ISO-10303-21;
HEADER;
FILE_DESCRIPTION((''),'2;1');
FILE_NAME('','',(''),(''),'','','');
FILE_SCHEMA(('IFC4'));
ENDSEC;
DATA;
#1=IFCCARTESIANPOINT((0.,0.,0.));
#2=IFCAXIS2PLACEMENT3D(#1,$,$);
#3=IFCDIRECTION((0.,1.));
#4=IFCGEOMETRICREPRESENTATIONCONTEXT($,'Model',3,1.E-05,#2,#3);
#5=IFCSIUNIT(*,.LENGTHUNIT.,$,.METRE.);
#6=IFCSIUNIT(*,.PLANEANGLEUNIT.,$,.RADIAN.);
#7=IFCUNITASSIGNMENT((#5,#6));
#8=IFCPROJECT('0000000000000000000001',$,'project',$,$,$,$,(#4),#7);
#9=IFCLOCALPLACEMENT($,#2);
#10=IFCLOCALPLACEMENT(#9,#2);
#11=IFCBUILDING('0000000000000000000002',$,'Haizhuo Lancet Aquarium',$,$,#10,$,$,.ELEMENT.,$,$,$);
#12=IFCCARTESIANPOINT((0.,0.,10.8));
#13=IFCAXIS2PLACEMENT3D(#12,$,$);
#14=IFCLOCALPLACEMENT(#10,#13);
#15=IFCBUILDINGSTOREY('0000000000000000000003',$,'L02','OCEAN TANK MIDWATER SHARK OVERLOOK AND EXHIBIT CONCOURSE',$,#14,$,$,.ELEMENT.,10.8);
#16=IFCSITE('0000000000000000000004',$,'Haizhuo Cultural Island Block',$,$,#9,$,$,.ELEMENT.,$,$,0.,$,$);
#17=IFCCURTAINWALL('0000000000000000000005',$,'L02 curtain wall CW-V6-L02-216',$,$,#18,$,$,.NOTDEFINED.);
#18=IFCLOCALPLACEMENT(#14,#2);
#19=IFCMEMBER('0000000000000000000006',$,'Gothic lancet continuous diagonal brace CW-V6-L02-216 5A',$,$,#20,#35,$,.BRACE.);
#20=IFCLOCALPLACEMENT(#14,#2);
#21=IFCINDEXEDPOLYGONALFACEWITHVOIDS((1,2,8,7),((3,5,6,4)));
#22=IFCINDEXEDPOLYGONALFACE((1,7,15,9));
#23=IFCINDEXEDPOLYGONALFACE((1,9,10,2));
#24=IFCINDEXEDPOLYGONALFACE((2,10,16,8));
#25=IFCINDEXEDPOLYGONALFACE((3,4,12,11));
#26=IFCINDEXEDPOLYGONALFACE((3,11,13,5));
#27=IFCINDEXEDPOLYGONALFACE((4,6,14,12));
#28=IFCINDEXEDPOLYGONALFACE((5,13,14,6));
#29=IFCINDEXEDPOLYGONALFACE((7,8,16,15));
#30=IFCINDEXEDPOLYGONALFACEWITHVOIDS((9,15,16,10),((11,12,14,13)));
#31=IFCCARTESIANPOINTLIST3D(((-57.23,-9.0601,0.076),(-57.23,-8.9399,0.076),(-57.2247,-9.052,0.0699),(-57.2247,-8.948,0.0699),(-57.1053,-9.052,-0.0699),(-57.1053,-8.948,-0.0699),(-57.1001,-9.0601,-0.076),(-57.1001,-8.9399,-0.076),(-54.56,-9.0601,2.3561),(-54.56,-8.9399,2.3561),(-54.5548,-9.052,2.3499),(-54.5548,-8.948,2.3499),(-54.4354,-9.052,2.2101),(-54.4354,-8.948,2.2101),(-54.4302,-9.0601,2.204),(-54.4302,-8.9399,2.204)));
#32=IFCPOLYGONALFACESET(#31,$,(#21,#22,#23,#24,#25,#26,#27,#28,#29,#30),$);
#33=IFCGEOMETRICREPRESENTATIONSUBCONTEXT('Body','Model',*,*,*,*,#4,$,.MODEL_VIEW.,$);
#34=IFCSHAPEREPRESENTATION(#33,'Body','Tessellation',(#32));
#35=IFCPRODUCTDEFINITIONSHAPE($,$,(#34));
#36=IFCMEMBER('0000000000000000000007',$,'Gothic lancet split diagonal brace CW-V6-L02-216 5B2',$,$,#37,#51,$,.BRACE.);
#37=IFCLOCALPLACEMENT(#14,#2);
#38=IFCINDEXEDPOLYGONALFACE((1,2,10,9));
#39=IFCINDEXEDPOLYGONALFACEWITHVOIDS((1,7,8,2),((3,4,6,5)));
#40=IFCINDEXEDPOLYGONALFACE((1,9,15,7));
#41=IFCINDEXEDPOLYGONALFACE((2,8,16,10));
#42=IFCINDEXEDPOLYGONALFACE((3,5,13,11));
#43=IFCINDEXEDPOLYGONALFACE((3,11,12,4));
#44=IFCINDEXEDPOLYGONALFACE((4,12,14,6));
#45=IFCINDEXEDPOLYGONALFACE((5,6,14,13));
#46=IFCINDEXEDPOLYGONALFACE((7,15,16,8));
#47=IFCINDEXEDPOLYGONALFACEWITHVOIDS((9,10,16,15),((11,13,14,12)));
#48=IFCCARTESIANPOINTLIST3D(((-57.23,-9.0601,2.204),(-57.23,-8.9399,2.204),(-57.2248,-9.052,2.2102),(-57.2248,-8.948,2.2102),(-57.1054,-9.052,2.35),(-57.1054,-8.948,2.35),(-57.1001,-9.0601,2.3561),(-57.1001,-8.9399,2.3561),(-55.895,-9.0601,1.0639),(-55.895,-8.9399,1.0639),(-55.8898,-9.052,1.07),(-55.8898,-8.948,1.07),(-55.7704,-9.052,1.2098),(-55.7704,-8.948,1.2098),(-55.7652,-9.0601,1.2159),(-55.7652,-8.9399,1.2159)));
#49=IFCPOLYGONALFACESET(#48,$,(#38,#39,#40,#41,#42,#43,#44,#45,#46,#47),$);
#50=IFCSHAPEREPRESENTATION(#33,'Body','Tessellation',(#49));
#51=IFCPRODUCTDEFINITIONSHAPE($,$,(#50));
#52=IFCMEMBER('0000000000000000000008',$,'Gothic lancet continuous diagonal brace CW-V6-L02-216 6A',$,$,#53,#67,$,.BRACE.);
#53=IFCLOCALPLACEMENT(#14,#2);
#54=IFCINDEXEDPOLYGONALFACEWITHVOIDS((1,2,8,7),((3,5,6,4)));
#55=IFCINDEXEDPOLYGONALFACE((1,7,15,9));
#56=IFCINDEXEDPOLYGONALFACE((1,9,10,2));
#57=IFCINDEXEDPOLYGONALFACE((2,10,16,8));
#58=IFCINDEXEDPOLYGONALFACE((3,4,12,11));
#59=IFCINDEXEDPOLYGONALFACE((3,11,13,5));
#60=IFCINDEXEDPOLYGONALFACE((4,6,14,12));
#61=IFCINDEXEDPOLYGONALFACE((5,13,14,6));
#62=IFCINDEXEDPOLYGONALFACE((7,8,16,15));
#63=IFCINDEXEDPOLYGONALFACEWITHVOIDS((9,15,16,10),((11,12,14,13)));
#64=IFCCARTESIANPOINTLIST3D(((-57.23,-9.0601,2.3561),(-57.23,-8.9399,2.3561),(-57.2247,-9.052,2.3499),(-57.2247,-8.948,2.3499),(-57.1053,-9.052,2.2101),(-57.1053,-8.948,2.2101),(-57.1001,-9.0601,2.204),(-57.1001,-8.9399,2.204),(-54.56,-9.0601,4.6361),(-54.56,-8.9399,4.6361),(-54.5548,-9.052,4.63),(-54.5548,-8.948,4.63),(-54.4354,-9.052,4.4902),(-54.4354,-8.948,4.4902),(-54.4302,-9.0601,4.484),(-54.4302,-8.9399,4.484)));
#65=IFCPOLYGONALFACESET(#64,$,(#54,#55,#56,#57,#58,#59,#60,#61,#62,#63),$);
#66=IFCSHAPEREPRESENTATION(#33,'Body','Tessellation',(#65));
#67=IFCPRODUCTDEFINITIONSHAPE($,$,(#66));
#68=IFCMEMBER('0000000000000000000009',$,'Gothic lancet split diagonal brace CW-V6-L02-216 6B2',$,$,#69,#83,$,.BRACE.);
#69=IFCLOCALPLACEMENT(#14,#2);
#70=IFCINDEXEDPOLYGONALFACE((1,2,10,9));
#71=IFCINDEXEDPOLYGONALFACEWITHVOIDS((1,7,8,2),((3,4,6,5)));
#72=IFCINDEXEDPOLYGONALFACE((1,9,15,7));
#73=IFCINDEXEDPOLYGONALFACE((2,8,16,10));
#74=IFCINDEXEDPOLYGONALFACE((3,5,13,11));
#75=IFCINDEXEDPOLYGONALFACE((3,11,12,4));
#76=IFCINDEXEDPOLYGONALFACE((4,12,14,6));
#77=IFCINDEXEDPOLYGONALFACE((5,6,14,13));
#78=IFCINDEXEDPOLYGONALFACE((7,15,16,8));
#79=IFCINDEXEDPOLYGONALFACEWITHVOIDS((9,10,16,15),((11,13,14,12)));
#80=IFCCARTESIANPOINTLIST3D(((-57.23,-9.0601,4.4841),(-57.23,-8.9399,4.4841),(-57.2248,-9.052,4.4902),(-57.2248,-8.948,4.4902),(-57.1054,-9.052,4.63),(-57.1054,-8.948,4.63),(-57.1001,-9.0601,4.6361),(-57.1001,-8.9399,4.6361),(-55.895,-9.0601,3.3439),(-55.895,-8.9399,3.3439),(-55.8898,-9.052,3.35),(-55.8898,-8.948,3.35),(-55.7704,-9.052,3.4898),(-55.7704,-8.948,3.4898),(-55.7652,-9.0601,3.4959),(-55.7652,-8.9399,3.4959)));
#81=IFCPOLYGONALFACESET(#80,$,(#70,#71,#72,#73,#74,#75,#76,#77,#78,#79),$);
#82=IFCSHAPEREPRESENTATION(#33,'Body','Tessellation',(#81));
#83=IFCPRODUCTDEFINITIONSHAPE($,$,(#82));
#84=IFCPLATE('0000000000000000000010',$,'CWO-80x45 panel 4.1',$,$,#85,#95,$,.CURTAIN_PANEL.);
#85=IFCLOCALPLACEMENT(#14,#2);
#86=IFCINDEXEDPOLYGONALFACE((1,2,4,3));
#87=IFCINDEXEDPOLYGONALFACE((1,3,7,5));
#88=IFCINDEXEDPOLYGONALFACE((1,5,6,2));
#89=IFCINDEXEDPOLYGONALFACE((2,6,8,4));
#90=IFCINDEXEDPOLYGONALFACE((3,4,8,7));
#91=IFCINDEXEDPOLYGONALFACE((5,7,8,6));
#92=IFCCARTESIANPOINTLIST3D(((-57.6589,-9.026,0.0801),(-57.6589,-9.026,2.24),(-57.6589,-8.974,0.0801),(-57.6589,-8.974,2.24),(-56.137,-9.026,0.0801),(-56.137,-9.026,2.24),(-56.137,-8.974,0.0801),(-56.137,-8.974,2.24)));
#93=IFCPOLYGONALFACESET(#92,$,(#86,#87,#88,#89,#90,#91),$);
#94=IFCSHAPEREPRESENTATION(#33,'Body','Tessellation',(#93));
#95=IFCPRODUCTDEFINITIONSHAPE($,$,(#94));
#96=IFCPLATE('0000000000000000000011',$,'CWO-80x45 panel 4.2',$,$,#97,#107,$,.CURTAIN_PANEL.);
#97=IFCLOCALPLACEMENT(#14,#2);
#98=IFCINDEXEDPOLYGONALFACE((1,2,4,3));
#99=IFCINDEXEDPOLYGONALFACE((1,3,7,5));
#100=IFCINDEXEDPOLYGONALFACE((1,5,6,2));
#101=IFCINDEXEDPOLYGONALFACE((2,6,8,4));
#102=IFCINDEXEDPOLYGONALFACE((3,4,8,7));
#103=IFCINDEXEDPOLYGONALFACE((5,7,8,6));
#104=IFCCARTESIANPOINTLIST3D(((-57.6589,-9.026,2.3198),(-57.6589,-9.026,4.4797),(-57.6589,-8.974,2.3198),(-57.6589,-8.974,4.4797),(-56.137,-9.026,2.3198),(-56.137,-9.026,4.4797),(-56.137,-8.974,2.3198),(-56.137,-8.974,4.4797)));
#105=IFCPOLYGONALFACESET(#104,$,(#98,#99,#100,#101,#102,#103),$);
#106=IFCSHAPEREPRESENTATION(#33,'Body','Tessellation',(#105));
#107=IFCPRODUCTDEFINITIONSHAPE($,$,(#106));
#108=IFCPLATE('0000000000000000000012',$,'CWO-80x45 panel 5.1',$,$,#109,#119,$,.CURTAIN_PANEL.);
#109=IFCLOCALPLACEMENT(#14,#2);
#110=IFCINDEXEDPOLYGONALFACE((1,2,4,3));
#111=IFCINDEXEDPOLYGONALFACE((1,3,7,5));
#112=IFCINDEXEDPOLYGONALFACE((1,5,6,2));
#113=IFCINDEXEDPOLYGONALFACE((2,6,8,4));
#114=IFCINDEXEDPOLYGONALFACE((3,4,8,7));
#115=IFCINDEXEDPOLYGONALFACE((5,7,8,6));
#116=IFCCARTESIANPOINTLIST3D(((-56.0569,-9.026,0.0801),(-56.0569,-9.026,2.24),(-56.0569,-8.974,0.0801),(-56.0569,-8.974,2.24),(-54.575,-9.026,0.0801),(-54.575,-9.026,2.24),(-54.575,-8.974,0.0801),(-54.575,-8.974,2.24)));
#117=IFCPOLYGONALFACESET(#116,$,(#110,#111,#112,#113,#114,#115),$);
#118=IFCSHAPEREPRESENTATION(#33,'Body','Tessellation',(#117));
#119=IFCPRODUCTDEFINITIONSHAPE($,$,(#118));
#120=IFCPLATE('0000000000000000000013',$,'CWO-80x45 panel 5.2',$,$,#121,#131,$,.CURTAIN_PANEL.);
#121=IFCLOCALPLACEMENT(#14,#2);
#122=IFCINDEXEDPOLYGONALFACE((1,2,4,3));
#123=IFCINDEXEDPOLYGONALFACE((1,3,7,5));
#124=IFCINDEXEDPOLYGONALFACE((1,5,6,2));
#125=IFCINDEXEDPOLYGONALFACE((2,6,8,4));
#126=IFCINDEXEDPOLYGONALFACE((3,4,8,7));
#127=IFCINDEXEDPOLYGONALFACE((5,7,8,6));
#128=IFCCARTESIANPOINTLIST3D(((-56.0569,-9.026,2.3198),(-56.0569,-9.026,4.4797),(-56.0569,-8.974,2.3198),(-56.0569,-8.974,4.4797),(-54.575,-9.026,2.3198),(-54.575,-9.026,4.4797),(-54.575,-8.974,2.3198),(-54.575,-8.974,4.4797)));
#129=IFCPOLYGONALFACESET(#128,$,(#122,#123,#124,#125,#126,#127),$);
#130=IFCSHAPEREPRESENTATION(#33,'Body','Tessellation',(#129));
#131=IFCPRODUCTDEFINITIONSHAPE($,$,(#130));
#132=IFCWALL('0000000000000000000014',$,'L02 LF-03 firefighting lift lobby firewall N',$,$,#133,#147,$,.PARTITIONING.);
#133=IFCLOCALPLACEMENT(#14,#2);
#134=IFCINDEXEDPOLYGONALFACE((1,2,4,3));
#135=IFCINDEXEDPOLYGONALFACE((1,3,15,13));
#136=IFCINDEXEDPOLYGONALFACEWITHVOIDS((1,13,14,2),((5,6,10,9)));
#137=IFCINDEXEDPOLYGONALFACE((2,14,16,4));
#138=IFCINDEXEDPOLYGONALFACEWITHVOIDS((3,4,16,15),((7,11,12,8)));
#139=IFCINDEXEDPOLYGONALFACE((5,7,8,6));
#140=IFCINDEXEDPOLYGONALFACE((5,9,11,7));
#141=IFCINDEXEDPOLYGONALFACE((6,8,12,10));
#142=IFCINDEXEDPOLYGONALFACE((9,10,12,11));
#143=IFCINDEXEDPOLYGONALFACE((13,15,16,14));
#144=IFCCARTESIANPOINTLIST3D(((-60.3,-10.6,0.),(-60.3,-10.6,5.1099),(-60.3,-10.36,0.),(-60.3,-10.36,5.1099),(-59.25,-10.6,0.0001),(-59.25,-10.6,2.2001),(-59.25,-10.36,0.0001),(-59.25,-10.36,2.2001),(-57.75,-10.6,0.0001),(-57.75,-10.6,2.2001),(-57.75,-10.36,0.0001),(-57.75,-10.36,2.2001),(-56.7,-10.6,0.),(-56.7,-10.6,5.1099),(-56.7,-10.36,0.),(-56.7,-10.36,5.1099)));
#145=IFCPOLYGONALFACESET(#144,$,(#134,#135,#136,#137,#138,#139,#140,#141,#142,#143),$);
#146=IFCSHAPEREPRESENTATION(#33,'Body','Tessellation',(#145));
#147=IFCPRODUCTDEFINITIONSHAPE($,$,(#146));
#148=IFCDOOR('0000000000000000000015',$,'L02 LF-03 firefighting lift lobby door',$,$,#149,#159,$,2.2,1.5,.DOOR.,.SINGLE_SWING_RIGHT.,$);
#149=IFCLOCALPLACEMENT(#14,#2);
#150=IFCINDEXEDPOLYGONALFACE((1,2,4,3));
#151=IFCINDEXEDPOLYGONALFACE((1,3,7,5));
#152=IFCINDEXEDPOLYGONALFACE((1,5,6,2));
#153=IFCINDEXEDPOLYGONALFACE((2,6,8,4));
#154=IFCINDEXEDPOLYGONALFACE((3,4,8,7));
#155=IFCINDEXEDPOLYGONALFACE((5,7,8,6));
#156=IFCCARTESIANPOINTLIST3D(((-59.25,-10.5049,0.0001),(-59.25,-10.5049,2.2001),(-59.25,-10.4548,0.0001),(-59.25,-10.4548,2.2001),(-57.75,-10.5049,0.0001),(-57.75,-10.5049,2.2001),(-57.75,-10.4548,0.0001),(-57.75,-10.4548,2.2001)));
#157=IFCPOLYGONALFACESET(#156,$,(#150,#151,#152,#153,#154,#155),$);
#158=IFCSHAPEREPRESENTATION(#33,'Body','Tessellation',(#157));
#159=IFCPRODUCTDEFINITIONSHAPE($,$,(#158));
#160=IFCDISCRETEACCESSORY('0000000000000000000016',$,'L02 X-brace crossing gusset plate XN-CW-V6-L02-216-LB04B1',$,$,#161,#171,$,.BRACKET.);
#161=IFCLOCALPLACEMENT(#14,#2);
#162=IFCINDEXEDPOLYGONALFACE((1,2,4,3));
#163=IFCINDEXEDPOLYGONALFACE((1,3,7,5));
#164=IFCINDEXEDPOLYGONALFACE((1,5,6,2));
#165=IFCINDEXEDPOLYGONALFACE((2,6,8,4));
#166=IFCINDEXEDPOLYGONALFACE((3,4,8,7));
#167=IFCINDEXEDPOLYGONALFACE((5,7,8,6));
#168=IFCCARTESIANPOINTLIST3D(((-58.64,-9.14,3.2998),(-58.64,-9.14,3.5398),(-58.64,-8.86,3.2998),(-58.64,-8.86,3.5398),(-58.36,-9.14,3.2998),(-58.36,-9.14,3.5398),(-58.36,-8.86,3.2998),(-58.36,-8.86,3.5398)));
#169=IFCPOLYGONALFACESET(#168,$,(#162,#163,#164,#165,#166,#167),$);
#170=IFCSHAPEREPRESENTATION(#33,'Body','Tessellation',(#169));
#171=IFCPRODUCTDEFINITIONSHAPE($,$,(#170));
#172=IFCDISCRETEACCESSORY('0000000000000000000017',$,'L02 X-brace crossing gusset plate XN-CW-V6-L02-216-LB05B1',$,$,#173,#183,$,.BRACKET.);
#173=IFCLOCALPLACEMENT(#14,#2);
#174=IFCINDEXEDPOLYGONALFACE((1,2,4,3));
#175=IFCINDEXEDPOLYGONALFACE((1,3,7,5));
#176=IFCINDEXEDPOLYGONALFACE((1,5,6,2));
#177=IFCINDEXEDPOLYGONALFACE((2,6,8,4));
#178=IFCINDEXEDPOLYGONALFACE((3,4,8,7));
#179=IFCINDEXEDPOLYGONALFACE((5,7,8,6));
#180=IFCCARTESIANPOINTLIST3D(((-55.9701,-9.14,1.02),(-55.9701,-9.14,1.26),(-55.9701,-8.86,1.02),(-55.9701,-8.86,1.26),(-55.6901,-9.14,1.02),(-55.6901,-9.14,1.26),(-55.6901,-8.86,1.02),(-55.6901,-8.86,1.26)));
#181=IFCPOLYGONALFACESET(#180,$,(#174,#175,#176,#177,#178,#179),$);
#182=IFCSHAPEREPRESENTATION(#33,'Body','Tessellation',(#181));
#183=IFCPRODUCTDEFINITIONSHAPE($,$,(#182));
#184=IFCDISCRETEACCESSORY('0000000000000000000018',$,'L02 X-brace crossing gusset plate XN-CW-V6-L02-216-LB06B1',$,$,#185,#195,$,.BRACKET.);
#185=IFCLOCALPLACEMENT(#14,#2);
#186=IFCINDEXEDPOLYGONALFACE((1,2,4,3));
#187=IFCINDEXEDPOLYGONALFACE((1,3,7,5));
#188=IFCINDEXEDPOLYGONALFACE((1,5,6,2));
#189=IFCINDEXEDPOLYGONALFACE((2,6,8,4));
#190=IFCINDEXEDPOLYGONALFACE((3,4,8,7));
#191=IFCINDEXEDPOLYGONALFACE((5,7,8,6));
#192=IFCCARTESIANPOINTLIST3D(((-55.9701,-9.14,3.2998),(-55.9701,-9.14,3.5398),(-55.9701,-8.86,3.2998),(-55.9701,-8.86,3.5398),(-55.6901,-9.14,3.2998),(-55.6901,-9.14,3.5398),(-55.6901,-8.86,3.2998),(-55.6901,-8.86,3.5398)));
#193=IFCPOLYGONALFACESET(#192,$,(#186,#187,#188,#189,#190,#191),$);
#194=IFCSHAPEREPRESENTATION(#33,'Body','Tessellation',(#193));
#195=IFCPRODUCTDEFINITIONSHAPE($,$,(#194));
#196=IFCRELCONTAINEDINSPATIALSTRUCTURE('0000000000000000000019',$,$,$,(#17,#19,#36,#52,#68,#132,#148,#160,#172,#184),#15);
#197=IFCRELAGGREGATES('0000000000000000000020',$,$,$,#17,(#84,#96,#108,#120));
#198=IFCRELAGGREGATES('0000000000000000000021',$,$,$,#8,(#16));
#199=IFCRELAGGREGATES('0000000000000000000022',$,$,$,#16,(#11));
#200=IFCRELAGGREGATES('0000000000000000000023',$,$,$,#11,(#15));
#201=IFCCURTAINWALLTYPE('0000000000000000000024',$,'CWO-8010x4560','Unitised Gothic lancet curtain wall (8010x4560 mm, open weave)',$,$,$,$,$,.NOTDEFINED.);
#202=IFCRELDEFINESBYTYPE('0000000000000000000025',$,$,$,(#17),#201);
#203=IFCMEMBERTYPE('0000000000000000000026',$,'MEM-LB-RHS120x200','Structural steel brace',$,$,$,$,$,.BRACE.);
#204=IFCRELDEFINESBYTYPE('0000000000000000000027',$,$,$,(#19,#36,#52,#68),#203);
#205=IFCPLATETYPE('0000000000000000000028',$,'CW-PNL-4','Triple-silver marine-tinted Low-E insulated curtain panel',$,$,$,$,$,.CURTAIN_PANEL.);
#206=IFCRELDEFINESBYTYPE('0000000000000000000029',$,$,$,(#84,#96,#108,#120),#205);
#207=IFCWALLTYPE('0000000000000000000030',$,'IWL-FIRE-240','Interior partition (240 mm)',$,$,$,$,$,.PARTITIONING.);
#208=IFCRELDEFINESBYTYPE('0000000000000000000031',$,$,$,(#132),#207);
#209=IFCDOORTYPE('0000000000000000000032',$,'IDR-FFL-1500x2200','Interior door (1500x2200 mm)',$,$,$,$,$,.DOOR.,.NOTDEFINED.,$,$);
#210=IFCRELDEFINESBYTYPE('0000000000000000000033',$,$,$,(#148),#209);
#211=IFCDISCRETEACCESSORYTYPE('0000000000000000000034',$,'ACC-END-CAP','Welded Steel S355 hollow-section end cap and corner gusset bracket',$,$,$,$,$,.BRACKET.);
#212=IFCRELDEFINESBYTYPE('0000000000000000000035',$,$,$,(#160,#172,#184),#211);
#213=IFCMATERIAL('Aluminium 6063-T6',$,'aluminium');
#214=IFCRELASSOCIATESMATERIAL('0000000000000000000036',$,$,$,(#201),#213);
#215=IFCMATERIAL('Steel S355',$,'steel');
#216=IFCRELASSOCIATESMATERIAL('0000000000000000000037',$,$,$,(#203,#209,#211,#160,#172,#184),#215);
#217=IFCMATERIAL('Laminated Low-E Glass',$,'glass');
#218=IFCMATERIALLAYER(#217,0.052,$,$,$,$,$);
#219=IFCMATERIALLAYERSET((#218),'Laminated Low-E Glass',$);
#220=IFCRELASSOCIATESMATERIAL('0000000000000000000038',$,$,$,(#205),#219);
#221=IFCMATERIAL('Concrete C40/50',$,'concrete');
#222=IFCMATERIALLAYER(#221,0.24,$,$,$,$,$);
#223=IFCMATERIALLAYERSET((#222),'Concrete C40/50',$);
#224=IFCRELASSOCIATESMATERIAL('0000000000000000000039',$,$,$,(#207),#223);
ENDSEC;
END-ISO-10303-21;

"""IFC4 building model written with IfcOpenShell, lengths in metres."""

from ifc_helpers import new_model, si_unit, direction, frame, frame_2d, origin, origin_2d, place, context, subcontext, project, spatial, rectangle, hollow_rectangle, extrude, material, layer, layer_set, material_profile, profile_set, type_object, element, fill, aggregate, save


model = new_model("IFC4")

# Units and contexts
model_context = context("Model", 3, precision=1e-05, world=origin(), true_north=direction((0.0, 1.0)))
body_context = subcontext(model_context, "Body", "Model", "MODEL_VIEW")
ifc_project = project(units=[si_unit("LENGTHUNIT", "METRE"), si_unit("PLANEANGLEUNIT", "RADIAN")], contexts=[model_context])

# Site, building, storey
site_placement = place(None, origin())
site = spatial("IfcSite", under=ifc_project, at=site_placement, Name="Haizhuo Cultural Island Block", CompositionType="ELEMENT", RefElevation=0.0)
building_placement = place(site_placement, origin())
building = spatial("IfcBuilding", under=site, at=building_placement, Name="Haizhuo Lancet Aquarium", CompositionType="ELEMENT")
storey_placement = place(building_placement, frame((0.0, 0.0, 10.8)))
storey = spatial("IfcBuildingStorey", under=building, at=storey_placement, Name="L02", Description="OCEAN TANK MIDWATER SHARK OVERLOOK AND EXHIBIT CONCOURSE", CompositionType="ELEMENT", Elevation=10.8)

# Curtain wall
ifc_material_1 = material(Name="Aluminium 6063-T6", Category="aluminium")
curtain_wall_type = type_object("IfcCurtainWallType", Name="CWO-8010x4560", Description="Unitised Gothic lancet curtain wall (8010x4560 mm, open weave)", PredefinedType="NOTDEFINED", material=ifc_material_1)
curtain_wall_placement = place(storey_placement, origin())
curtain_wall = element("IfcCurtainWall", 1, at=curtain_wall_placement, inside=storey, type_object=curtain_wall_type, Name="L02 curtain wall CW-V6-L02-216", PredefinedType="NOTDEFINED")

# Members
ifc_material_2 = material(Name="Steel S355", Category="steel")
ifc_material_profile_1 = material_profile(ifc_material_2, hollow_rectangle(XDim=0.1201, YDim=0.2, WallThickness=0.0081, at=origin_2d()), Name="RHS 120x200x8")
ifc_profile_set_1 = profile_set([ifc_material_profile_1], Name="Steel S355")
member_type_1 = type_object("IfcMemberType", Name="MEM-LB-RHS120x200", Description="Structural steel brace", PredefinedType="BRACE", material=ifc_profile_set_1)
member_1_placement = place(storey_placement, frame((-57.165, -9.0, 0.0), z_axis=(0.760448, 0.0, 0.649399), x_axis=(0.0, 1.0, 0.0)))
element("IfcMember", 2, at=member_1_placement, inside=storey, type_object=member_type_1, Name="Gothic lancet continuous diagonal brace CW-V6-L02-216 5A", PredefinedType="BRACE", context=body_context, shape_type="SweptSolid", body=[
    extrude(hollow_rectangle(XDim=0.1201, YDim=0.2, WallThickness=0.0081, at=origin_2d()), origin(), (0.0, 0.0, 1.0), 3.511),
])
member_2_placement = place(storey_placement, frame((-55.8301, -9.0, 1.1399), z_axis=(-0.760414, 0.0, 0.649439), x_axis=(0.0, -1.0, 0.0)))
element("IfcMember", 3, at=member_2_placement, inside=storey, type_object=member_type_1, Name="Gothic lancet split diagonal brace CW-V6-L02-216 5B2", PredefinedType="BRACE", context=body_context, shape_type="SweptSolid", body=[
    extrude(hollow_rectangle(XDim=0.1201, YDim=0.2, WallThickness=0.0081, at=origin_2d()), origin(), (0.0, 0.0, 1.0), 1.7556),
])
member_3_placement = place(storey_placement, frame((-57.165, -9.0, 2.28), z_axis=(0.760448, 0.0, 0.649399), x_axis=(0.0, 1.0, 0.0)))
element("IfcMember", 4, at=member_3_placement, inside=storey, type_object=member_type_1, Name="Gothic lancet continuous diagonal brace CW-V6-L02-216 6A", PredefinedType="BRACE", context=body_context, shape_type="SweptSolid", body=[
    extrude(hollow_rectangle(XDim=0.1201, YDim=0.2, WallThickness=0.0081, at=origin_2d()), origin(), (0.0, 0.0, 1.0), 3.511),
])
member_4_placement = place(storey_placement, frame((-55.8301, -9.0, 3.4199), z_axis=(-0.760414, 0.0, 0.649439), x_axis=(0.0, -1.0, 0.0)))
element("IfcMember", 5, at=member_4_placement, inside=storey, type_object=member_type_1, Name="Gothic lancet split diagonal brace CW-V6-L02-216 6B2", PredefinedType="BRACE", context=body_context, shape_type="SweptSolid", body=[
    extrude(hollow_rectangle(XDim=0.1201, YDim=0.2, WallThickness=0.0081, at=origin_2d()), origin(), (0.0, 0.0, 1.0), 1.7556),
])

# Plates
ifc_material_3 = material(Name="Laminated Low-E Glass", Category="glass")
ifc_layer_1 = layer(ifc_material_3, 0.052)
ifc_layer_set_1 = layer_set([ifc_layer_1], Name="Laminated Low-E Glass")
plate_type = type_object("IfcPlateType", Name="CW-PNL-4", Description="Triple-silver marine-tinted Low-E insulated curtain panel", PredefinedType="CURTAIN_PANEL", material=ifc_layer_set_1)
plate_1_placement = place(storey_placement, frame((-56.8979, -9.0, 0.0801), z_axis=(0.0, 0.0, 1.0), x_axis=(1.0, 0.0, 0.0)))
plate_1 = element("IfcPlate", 6, at=plate_1_placement, type_object=plate_type, Name="CWO-80x45 panel 4.1", PredefinedType="CURTAIN_PANEL", context=body_context, shape_type="SweptSolid", body=[
    extrude(rectangle(XDim=1.522, YDim=0.052, at=origin_2d()), origin(), (0.0, 0.0, 1.0), 2.1599),
])
plate_2_placement = place(storey_placement, frame((-56.8979, -9.0, 2.3198), z_axis=(0.0, 0.0, 1.0), x_axis=(1.0, 0.0, 0.0)))
plate_2 = element("IfcPlate", 7, at=plate_2_placement, type_object=plate_type, Name="CWO-80x45 panel 4.2", PredefinedType="CURTAIN_PANEL", context=body_context, shape_type="SweptSolid", body=[
    extrude(rectangle(XDim=1.522, YDim=0.052, at=origin_2d()), origin(), (0.0, 0.0, 1.0), 2.1599),
])
plate_3_placement = place(storey_placement, frame((-55.3159, -9.0, 0.0801), z_axis=(0.0, 0.0, 1.0), x_axis=(1.0, 0.0, 0.0)))
plate_3 = element("IfcPlate", 8, at=plate_3_placement, type_object=plate_type, Name="CWO-80x45 panel 5.1", PredefinedType="CURTAIN_PANEL", context=body_context, shape_type="SweptSolid", body=[
    extrude(rectangle(XDim=1.4819, YDim=0.052, at=origin_2d()), origin(), (0.0, 0.0, 1.0), 2.1599),
])
plate_4_placement = place(storey_placement, frame((-55.3159, -9.0, 2.3198), z_axis=(0.0, 0.0, 1.0), x_axis=(1.0, 0.0, 0.0)))
plate_4 = element("IfcPlate", 9, at=plate_4_placement, type_object=plate_type, Name="CWO-80x45 panel 5.2", PredefinedType="CURTAIN_PANEL", context=body_context, shape_type="SweptSolid", body=[
    extrude(rectangle(XDim=1.4819, YDim=0.052, at=origin_2d()), origin(), (0.0, 0.0, 1.0), 2.1599),
])
aggregate(curtain_wall, [plate_1, plate_2, plate_3, plate_4])

# Wall, opening, door
ifc_material_4 = material(Name="Concrete C40/50", Category="concrete")
ifc_layer_2 = layer(ifc_material_4, 0.24)
ifc_layer_set_2 = layer_set([ifc_layer_2], Name="Concrete C40/50")
wall_type = type_object("IfcWallType", Name="IWL-FIRE-240", Description="Interior partition (240 mm)", PredefinedType="PARTITIONING", material=ifc_layer_set_2)
wall_placement = place(storey_placement, frame((-56.7, -10.48, 0.0), z_axis=(0.0, 0.0, 1.0), x_axis=(-1.0, 0.0, 0.0)))
wall = element("IfcWall", 10, at=wall_placement, inside=storey, type_object=wall_type, Name="L02 LF-03 firefighting lift lobby firewall N", PredefinedType="PARTITIONING", context=body_context, shape_type="SweptSolid", body=[
    extrude(rectangle(XDim=3.6001, YDim=0.24, at=frame_2d((1.8, 0.0))), origin(), (0.0, 0.0, 1.0), 5.1099),
])
opening_placement = place(wall_placement, frame((1.05, 0.0, 0.0)))
opening = element("IfcOpeningElement", 11, at=opening_placement, cuts=wall, PredefinedType="OPENING", context=body_context, shape_type="SweptSolid", body=[
    extrude(rectangle(XDim=1.5, YDim=2.2, at=frame_2d((0.75, 1.1001))), frame((0.0, 0.1299, 0.0), z_axis=(0.0, -1.0, 0.0), x_axis=(1.0, 0.0, 0.0)), (0.0, 0.0, 1.0), 0.26),
])
door_type = type_object("IfcDoorType", Name="IDR-FFL-1500x2200", Description="Interior door (1500x2200 mm)", OperationType="NOTDEFINED", PredefinedType="DOOR", material=ifc_material_2)
door_placement = place(opening_placement, origin())
door = element("IfcDoor", 12, at=door_placement, inside=storey, type_object=door_type, Name="L02 LF-03 firefighting lift lobby door", OperationType="SINGLE_SWING_RIGHT", OverallHeight=2.2, OverallWidth=1.5, PredefinedType="DOOR", context=body_context, shape_type="SweptSolid", body=[
    extrude(rectangle(XDim=1.5, YDim=2.2, at=frame_2d((0.75, 1.1001))), frame((0.0, 0.0249, 0.0), z_axis=(0.0, -1.0, 0.0), x_axis=(1.0, 0.0, 0.0)), (0.0, 0.0, 1.0), 0.05),
])
fill(opening, door)

# Discrete accessories
discrete_accessory_type = type_object("IfcDiscreteAccessoryType", Name="ACC-END-CAP", Description="Welded Steel S355 hollow-section end cap and corner gusset bracket", PredefinedType="BRACKET", material=ifc_material_2)
for number, where, z_axis, x_axis, name in (
    (13, (-58.5, -9.0, 3.2998), (0.0, 0.0, 1.0), (1.0, 0.0, 0.0), "L02 X-brace crossing gusset plate XN-CW-V6-L02-216-LB04B1"),
    (14, (-55.8301, -9.0, 1.02), (0.0, 0.0, 1.0), (1.0, 0.0, 0.0), "L02 X-brace crossing gusset plate XN-CW-V6-L02-216-LB05B1"),
    (15, (-55.8301, -9.0, 3.2998), (0.0, 0.0, 1.0), (1.0, 0.0, 0.0), "L02 X-brace crossing gusset plate XN-CW-V6-L02-216-LB06B1"),
):
    element("IfcDiscreteAccessory", number, at=place(storey_placement, frame(where, z_axis=z_axis, x_axis=x_axis)), inside=storey, type_object=discrete_accessory_type, material=ifc_material_2, Name=name, PredefinedType="BRACKET", context=body_context, shape_type="SweptSolid", body=[
        extrude(rectangle(XDim=0.28, YDim=0.28, at=origin_2d()), origin(), (0.0, 0.0, 1.0), 0.24),
    ])

save(model, "model.ifc")
